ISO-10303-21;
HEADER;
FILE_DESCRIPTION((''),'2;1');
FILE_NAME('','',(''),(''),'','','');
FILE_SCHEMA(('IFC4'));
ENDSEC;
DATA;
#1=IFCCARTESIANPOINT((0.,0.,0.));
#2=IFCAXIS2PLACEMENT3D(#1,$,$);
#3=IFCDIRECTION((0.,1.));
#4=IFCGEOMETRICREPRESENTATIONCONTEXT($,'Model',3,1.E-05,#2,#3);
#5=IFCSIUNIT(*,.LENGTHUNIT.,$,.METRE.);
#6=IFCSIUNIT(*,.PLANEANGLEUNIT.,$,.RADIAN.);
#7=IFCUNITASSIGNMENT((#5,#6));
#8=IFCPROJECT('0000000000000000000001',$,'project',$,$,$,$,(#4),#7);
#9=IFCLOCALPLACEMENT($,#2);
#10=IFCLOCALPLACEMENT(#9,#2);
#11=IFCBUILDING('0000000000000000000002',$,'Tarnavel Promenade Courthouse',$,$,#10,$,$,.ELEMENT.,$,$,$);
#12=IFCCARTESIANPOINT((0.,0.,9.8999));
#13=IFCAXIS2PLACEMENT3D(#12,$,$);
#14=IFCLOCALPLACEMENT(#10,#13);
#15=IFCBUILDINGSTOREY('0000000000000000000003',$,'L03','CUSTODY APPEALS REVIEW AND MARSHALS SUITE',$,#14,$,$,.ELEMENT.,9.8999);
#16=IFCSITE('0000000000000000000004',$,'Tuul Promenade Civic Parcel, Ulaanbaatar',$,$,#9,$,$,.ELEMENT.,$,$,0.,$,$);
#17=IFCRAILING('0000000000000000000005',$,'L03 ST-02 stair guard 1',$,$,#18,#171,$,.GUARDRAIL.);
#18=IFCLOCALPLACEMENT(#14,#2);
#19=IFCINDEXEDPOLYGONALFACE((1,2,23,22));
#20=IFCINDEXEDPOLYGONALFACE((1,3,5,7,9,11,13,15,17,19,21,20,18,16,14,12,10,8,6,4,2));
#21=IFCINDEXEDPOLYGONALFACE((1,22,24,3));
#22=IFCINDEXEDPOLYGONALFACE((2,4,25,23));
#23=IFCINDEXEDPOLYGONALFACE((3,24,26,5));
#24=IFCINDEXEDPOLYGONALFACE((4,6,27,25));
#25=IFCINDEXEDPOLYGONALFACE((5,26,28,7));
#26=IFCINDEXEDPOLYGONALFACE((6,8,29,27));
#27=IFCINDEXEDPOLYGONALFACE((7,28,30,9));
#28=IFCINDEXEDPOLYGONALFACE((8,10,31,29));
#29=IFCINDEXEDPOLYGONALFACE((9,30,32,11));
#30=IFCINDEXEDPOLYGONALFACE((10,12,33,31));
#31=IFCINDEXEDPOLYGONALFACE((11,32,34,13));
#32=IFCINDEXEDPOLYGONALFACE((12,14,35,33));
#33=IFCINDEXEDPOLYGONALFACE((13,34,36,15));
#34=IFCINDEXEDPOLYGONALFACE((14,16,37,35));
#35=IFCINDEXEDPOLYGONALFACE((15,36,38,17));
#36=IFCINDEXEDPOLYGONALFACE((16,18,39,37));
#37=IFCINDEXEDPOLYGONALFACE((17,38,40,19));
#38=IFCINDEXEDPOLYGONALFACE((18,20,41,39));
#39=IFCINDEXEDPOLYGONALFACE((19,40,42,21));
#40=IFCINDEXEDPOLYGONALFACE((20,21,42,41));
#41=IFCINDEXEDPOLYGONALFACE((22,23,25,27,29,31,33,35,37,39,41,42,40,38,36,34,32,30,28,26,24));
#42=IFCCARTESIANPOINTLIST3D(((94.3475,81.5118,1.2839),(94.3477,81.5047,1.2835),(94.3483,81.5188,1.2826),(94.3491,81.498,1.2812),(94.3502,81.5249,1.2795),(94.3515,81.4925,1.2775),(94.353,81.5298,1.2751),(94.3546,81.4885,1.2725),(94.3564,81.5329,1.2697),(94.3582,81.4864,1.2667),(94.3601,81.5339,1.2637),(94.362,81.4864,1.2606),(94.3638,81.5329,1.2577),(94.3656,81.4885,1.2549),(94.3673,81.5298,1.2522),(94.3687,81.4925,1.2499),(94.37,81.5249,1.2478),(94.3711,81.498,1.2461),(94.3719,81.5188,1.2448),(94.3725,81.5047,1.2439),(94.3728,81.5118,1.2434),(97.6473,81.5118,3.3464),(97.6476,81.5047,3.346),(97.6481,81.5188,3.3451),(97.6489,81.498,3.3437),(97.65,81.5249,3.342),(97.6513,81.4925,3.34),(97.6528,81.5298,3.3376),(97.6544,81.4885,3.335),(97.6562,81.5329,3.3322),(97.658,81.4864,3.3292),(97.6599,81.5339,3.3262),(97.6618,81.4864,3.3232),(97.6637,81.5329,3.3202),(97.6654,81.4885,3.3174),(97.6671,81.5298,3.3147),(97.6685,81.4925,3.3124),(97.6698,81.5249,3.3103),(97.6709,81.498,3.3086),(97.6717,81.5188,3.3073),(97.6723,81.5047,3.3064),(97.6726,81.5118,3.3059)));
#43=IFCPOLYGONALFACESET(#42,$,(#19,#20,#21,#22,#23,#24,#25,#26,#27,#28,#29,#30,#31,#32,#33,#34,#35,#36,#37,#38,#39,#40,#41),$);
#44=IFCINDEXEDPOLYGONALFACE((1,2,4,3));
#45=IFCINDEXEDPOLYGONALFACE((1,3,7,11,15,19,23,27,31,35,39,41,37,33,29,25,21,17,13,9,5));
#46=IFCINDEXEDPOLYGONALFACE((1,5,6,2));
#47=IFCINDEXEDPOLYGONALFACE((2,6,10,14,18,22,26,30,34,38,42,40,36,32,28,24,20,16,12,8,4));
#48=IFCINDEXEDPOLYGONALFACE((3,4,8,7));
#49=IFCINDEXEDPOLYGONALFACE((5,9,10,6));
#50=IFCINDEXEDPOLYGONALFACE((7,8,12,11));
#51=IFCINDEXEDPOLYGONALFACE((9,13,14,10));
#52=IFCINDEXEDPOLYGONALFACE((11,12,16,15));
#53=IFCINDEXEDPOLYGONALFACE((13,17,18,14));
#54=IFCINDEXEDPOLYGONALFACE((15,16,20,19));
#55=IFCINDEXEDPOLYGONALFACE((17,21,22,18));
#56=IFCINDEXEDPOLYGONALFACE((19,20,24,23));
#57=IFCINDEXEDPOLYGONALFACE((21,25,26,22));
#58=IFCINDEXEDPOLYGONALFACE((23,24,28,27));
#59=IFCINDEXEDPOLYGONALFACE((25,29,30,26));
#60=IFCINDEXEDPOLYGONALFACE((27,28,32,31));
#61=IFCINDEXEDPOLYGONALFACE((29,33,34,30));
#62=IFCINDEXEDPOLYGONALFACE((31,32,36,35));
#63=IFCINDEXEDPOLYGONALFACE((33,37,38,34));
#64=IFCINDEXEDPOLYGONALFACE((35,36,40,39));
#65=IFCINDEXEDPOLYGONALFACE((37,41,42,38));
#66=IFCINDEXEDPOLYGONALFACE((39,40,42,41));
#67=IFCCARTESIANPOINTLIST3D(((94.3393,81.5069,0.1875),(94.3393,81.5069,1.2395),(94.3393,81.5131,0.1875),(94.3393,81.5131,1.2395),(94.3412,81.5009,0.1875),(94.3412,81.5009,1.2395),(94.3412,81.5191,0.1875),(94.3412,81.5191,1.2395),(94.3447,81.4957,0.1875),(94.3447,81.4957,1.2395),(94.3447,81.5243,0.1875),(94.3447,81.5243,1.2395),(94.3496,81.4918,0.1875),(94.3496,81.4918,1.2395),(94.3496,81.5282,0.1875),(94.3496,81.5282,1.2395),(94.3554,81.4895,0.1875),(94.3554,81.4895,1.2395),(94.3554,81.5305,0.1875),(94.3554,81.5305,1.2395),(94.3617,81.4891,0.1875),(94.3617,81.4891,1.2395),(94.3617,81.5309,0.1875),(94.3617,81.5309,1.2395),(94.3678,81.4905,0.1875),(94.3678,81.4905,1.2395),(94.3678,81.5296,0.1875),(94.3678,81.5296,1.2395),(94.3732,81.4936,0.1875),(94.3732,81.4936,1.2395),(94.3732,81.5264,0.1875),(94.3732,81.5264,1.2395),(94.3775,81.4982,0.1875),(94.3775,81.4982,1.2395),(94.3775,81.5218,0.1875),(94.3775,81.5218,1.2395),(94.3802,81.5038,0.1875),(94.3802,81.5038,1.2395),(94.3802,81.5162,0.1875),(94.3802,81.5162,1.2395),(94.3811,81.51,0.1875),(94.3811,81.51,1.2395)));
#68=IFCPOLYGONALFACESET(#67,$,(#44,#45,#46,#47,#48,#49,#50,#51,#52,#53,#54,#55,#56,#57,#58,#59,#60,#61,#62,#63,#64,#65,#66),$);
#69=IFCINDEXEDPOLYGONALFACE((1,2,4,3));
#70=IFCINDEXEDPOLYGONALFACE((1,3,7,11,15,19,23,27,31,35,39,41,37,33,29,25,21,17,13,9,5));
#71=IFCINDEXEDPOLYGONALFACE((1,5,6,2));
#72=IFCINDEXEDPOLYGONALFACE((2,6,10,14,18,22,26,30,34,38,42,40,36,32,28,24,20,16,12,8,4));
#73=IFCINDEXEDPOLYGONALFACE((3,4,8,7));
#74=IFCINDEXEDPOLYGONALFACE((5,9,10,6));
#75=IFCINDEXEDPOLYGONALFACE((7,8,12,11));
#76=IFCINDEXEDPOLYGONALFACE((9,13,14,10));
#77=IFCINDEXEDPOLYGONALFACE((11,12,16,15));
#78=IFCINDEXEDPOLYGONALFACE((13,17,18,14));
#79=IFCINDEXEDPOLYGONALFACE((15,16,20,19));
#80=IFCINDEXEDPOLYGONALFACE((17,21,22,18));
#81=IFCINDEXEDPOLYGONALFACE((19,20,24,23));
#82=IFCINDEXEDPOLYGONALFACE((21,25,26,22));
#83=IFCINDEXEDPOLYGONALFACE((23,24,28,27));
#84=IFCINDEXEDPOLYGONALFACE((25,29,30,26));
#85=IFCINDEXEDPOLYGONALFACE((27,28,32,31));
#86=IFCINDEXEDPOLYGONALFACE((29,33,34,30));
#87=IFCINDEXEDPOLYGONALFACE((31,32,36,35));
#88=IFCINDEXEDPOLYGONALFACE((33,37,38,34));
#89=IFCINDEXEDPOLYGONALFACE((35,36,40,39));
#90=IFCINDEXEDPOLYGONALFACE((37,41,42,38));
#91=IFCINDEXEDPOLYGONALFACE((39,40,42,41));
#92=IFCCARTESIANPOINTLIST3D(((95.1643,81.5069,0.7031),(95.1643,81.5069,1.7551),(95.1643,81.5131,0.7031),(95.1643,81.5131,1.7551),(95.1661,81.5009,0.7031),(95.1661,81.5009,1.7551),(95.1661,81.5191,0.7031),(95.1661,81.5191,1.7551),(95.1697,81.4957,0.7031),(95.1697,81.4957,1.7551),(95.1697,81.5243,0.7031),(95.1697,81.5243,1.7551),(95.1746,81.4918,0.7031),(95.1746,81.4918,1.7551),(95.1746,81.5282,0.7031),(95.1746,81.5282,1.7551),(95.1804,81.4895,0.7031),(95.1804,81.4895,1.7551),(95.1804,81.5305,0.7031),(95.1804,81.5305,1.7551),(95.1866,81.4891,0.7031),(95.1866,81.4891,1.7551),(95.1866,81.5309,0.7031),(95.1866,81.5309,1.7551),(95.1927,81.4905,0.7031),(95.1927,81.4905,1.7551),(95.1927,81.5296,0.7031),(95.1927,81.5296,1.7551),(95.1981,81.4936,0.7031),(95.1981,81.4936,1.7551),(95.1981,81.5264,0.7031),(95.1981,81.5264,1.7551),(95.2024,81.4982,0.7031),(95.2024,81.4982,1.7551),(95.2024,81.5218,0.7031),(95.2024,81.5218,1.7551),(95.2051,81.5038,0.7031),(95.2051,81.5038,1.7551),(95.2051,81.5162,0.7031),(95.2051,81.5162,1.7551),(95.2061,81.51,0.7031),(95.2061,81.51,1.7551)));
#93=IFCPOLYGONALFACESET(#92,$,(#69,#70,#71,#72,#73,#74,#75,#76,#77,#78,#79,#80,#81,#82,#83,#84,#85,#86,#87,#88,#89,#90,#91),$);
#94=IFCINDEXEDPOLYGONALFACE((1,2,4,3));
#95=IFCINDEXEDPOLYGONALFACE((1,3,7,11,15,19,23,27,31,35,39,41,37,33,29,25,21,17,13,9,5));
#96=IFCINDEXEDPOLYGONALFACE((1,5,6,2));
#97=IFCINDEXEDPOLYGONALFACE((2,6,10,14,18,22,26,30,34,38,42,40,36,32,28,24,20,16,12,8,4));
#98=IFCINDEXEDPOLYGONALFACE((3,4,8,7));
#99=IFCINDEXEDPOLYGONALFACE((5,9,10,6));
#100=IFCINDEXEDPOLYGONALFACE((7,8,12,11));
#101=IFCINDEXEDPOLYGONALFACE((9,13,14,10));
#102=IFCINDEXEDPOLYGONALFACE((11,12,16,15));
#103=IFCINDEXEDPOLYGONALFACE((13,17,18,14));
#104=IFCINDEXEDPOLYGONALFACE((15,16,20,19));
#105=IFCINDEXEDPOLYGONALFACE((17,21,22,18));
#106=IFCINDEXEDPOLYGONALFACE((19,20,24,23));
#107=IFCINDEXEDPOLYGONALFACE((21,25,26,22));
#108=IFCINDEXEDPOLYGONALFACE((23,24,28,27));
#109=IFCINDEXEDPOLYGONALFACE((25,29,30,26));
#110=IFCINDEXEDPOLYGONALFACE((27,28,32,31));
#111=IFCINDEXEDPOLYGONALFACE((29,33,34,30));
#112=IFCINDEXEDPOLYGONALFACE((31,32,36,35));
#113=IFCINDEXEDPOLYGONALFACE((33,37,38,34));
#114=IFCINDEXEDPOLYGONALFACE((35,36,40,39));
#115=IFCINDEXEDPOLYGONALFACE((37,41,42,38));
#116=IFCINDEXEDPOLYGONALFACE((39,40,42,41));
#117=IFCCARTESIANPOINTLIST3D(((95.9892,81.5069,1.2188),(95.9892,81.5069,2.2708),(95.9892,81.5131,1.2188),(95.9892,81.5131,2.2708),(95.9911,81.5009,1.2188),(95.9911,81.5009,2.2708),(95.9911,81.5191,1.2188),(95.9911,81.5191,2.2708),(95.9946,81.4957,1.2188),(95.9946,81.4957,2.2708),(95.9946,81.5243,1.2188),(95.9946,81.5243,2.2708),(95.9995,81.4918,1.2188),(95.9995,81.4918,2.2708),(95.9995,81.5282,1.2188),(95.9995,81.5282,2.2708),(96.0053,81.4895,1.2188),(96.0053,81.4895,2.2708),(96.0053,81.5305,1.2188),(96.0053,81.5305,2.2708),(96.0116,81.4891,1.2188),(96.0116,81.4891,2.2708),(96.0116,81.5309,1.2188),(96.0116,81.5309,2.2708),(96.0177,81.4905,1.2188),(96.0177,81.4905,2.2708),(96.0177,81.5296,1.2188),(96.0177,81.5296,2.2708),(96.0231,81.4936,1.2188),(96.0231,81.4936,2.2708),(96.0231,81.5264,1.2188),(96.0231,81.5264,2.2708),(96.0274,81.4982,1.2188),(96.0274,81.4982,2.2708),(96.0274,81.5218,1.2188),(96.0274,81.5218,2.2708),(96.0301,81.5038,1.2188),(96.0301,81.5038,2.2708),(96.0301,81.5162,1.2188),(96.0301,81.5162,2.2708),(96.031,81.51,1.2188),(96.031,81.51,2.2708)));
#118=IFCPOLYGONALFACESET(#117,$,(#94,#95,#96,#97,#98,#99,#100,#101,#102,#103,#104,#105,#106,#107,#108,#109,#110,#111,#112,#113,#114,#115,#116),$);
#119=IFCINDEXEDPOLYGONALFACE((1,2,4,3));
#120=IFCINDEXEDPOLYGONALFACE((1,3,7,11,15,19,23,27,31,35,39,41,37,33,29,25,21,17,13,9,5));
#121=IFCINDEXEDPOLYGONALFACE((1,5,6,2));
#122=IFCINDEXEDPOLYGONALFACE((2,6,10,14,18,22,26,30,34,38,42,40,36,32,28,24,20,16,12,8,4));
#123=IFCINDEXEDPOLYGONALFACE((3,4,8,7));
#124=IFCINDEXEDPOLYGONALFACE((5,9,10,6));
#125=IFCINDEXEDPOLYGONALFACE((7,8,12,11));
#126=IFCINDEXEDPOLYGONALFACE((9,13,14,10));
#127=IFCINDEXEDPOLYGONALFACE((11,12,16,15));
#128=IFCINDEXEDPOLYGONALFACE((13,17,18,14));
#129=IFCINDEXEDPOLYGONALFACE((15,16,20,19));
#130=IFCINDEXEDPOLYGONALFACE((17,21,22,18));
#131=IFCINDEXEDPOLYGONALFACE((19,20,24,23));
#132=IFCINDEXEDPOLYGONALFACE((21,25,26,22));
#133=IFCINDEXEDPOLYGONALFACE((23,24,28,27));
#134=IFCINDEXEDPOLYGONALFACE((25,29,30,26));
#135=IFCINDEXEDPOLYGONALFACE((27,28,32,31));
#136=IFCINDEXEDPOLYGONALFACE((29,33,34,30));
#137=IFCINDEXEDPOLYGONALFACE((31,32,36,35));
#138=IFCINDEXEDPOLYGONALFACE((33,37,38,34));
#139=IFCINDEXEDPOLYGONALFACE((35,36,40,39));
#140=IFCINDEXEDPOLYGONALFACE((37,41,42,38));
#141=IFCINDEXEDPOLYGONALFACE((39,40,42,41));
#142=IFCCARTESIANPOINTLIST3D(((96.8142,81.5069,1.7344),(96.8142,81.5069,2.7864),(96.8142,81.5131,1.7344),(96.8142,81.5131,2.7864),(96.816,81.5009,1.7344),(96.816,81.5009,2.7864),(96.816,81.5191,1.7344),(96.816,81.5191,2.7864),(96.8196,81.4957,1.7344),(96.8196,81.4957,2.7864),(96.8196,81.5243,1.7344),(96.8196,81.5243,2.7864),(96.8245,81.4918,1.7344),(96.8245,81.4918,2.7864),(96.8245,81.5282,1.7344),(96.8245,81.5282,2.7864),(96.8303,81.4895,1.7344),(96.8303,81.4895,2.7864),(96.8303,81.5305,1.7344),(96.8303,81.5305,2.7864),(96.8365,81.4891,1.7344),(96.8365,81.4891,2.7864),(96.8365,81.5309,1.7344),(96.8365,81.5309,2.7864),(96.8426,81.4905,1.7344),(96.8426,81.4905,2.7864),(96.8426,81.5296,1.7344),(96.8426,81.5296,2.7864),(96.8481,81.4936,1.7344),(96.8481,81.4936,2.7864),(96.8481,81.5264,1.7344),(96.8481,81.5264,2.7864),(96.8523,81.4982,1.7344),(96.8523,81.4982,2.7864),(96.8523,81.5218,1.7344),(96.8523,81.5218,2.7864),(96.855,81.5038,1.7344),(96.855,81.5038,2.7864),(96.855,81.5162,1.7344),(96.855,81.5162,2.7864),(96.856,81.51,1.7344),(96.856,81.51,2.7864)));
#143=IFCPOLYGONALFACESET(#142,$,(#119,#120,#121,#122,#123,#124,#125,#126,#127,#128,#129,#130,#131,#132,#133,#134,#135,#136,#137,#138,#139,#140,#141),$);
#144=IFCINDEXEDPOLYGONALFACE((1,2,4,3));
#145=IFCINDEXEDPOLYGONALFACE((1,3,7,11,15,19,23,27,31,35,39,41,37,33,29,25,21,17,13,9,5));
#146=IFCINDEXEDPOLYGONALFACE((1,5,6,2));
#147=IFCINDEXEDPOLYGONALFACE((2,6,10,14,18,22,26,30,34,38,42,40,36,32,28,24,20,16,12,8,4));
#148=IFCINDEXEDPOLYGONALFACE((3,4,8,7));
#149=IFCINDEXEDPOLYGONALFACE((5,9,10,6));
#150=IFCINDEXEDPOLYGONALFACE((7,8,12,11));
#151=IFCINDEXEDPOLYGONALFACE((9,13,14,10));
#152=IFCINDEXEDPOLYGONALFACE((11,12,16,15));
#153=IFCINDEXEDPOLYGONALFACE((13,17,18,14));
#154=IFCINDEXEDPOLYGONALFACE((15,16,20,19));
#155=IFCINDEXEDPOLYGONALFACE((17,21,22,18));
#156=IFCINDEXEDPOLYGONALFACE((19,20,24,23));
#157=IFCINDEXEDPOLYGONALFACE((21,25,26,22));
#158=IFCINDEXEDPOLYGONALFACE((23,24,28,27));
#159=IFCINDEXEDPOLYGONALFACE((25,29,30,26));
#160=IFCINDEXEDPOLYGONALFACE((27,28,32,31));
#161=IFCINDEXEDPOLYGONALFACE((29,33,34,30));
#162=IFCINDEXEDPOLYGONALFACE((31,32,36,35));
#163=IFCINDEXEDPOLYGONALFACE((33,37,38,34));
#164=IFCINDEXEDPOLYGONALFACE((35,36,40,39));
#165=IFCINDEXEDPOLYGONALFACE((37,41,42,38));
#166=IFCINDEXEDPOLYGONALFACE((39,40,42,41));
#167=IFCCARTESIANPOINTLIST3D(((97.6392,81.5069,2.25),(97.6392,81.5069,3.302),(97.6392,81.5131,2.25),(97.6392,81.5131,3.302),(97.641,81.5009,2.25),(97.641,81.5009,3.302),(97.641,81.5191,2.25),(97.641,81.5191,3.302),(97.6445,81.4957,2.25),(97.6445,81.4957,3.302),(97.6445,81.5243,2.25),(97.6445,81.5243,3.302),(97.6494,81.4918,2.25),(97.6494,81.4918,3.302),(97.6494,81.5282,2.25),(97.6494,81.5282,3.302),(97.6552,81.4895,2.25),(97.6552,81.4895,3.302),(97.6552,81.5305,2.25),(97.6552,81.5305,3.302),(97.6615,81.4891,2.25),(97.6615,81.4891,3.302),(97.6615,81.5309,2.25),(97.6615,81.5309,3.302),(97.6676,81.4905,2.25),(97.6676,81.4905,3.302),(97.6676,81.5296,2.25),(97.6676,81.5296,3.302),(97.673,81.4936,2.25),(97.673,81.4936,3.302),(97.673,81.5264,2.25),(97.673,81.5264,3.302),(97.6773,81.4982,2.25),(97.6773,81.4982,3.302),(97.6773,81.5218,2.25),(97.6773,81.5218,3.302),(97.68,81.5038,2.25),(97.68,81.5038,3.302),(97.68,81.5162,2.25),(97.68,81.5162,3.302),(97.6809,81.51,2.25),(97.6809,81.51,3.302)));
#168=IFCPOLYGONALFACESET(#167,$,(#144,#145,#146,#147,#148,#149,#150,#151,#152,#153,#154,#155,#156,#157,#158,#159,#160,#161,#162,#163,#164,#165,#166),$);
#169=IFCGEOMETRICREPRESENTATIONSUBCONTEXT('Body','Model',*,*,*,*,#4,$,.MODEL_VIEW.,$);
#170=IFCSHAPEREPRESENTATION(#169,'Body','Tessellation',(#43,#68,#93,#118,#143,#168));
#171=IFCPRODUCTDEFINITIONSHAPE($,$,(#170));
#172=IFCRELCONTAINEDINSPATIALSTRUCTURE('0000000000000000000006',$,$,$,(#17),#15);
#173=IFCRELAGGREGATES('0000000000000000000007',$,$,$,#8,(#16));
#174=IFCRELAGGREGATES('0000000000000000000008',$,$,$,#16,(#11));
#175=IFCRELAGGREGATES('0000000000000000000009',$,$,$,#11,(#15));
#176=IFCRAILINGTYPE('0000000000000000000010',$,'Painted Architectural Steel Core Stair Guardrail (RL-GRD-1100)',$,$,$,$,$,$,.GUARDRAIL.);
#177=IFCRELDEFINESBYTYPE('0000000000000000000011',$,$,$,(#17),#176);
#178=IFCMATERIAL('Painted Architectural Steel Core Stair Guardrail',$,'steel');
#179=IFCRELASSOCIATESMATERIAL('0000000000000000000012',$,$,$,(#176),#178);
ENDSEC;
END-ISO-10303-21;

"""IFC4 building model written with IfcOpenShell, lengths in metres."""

from ifc_helpers import new_model, si_unit, direction, frame, origin, origin_2d, place, context, subcontext, project, spatial, circle, extrude, material, type_object, element, save


model = new_model("IFC4")

# Units and contexts
model_context = context("Model", 3, precision=1e-05, world=origin(), true_north=direction((0.0, 1.0)))
body_context = subcontext(model_context, "Body", "Model", "MODEL_VIEW")
ifc_project = project(units=[si_unit("LENGTHUNIT", "METRE"), si_unit("PLANEANGLEUNIT", "RADIAN")], contexts=[model_context])

# Site, building, storey
site_placement = place(None, origin())
site = spatial("IfcSite", under=ifc_project, at=site_placement, Name="Tuul Promenade Civic Parcel, Ulaanbaatar", CompositionType="ELEMENT", RefElevation=0.0)
building_placement = place(site_placement, origin())
building = spatial("IfcBuilding", under=site, at=building_placement, Name="Tarnavel Promenade Courthouse", CompositionType="ELEMENT")
storey_placement = place(building_placement, frame((0.0, 0.0, 9.8999)))
storey = spatial("IfcBuildingStorey", under=building, at=storey_placement, Name="L03", Description="CUSTODY APPEALS REVIEW AND MARSHALS SUITE", CompositionType="ELEMENT", Elevation=9.8999)

# Railing
ifc_material_1 = material(Name="Painted Architectural Steel Core Stair Guardrail", Category="steel")
railing_type_1 = type_object("IfcRailingType", Name="Painted Architectural Steel Core Stair Guardrail (RL-GRD-1100)", PredefinedType="GUARDRAIL", material=ifc_material_1)
railing_1_placement = place(storey_placement, frame((94.3601, 81.51, 0.1875)))
element("IfcRailing", 1, at=railing_1_placement, inside=storey, type_object=railing_type_1, Name="L03 ST-02 stair guard 1", PredefinedType="GUARDRAIL", context=body_context, shape_type="SweptSolid", body=[
    extrude(circle(Radius=0.0239, at=origin_2d()), frame((0.0, 0.0, 1.0762), z_axis=(0.847984, 0.0, 0.530021), x_axis=(0.0, 1.0, 0.0)), (0.0, 0.0, 1.0), 3.8914),
    extrude(circle(Radius=0.021, at=origin_2d()), origin(), (0.0, 0.0, 1.0), 1.052),
    extrude(circle(Radius=0.021, at=origin_2d()), frame((0.825, 0.0, 0.5156)), (0.0, 0.0, 1.0), 1.052),
    extrude(circle(Radius=0.021, at=origin_2d()), frame((1.6499, 0.0, 1.0312)), (0.0, 0.0, 1.0), 1.052),
    extrude(circle(Radius=0.021, at=origin_2d()), frame((2.4749, 0.0, 1.5469)), (0.0, 0.0, 1.0), 1.052),
    extrude(circle(Radius=0.021, at=origin_2d()), frame((3.2998, 0.0, 2.0625)), (0.0, 0.0, 1.0), 1.052),
])

save(model, "model.ifc")
